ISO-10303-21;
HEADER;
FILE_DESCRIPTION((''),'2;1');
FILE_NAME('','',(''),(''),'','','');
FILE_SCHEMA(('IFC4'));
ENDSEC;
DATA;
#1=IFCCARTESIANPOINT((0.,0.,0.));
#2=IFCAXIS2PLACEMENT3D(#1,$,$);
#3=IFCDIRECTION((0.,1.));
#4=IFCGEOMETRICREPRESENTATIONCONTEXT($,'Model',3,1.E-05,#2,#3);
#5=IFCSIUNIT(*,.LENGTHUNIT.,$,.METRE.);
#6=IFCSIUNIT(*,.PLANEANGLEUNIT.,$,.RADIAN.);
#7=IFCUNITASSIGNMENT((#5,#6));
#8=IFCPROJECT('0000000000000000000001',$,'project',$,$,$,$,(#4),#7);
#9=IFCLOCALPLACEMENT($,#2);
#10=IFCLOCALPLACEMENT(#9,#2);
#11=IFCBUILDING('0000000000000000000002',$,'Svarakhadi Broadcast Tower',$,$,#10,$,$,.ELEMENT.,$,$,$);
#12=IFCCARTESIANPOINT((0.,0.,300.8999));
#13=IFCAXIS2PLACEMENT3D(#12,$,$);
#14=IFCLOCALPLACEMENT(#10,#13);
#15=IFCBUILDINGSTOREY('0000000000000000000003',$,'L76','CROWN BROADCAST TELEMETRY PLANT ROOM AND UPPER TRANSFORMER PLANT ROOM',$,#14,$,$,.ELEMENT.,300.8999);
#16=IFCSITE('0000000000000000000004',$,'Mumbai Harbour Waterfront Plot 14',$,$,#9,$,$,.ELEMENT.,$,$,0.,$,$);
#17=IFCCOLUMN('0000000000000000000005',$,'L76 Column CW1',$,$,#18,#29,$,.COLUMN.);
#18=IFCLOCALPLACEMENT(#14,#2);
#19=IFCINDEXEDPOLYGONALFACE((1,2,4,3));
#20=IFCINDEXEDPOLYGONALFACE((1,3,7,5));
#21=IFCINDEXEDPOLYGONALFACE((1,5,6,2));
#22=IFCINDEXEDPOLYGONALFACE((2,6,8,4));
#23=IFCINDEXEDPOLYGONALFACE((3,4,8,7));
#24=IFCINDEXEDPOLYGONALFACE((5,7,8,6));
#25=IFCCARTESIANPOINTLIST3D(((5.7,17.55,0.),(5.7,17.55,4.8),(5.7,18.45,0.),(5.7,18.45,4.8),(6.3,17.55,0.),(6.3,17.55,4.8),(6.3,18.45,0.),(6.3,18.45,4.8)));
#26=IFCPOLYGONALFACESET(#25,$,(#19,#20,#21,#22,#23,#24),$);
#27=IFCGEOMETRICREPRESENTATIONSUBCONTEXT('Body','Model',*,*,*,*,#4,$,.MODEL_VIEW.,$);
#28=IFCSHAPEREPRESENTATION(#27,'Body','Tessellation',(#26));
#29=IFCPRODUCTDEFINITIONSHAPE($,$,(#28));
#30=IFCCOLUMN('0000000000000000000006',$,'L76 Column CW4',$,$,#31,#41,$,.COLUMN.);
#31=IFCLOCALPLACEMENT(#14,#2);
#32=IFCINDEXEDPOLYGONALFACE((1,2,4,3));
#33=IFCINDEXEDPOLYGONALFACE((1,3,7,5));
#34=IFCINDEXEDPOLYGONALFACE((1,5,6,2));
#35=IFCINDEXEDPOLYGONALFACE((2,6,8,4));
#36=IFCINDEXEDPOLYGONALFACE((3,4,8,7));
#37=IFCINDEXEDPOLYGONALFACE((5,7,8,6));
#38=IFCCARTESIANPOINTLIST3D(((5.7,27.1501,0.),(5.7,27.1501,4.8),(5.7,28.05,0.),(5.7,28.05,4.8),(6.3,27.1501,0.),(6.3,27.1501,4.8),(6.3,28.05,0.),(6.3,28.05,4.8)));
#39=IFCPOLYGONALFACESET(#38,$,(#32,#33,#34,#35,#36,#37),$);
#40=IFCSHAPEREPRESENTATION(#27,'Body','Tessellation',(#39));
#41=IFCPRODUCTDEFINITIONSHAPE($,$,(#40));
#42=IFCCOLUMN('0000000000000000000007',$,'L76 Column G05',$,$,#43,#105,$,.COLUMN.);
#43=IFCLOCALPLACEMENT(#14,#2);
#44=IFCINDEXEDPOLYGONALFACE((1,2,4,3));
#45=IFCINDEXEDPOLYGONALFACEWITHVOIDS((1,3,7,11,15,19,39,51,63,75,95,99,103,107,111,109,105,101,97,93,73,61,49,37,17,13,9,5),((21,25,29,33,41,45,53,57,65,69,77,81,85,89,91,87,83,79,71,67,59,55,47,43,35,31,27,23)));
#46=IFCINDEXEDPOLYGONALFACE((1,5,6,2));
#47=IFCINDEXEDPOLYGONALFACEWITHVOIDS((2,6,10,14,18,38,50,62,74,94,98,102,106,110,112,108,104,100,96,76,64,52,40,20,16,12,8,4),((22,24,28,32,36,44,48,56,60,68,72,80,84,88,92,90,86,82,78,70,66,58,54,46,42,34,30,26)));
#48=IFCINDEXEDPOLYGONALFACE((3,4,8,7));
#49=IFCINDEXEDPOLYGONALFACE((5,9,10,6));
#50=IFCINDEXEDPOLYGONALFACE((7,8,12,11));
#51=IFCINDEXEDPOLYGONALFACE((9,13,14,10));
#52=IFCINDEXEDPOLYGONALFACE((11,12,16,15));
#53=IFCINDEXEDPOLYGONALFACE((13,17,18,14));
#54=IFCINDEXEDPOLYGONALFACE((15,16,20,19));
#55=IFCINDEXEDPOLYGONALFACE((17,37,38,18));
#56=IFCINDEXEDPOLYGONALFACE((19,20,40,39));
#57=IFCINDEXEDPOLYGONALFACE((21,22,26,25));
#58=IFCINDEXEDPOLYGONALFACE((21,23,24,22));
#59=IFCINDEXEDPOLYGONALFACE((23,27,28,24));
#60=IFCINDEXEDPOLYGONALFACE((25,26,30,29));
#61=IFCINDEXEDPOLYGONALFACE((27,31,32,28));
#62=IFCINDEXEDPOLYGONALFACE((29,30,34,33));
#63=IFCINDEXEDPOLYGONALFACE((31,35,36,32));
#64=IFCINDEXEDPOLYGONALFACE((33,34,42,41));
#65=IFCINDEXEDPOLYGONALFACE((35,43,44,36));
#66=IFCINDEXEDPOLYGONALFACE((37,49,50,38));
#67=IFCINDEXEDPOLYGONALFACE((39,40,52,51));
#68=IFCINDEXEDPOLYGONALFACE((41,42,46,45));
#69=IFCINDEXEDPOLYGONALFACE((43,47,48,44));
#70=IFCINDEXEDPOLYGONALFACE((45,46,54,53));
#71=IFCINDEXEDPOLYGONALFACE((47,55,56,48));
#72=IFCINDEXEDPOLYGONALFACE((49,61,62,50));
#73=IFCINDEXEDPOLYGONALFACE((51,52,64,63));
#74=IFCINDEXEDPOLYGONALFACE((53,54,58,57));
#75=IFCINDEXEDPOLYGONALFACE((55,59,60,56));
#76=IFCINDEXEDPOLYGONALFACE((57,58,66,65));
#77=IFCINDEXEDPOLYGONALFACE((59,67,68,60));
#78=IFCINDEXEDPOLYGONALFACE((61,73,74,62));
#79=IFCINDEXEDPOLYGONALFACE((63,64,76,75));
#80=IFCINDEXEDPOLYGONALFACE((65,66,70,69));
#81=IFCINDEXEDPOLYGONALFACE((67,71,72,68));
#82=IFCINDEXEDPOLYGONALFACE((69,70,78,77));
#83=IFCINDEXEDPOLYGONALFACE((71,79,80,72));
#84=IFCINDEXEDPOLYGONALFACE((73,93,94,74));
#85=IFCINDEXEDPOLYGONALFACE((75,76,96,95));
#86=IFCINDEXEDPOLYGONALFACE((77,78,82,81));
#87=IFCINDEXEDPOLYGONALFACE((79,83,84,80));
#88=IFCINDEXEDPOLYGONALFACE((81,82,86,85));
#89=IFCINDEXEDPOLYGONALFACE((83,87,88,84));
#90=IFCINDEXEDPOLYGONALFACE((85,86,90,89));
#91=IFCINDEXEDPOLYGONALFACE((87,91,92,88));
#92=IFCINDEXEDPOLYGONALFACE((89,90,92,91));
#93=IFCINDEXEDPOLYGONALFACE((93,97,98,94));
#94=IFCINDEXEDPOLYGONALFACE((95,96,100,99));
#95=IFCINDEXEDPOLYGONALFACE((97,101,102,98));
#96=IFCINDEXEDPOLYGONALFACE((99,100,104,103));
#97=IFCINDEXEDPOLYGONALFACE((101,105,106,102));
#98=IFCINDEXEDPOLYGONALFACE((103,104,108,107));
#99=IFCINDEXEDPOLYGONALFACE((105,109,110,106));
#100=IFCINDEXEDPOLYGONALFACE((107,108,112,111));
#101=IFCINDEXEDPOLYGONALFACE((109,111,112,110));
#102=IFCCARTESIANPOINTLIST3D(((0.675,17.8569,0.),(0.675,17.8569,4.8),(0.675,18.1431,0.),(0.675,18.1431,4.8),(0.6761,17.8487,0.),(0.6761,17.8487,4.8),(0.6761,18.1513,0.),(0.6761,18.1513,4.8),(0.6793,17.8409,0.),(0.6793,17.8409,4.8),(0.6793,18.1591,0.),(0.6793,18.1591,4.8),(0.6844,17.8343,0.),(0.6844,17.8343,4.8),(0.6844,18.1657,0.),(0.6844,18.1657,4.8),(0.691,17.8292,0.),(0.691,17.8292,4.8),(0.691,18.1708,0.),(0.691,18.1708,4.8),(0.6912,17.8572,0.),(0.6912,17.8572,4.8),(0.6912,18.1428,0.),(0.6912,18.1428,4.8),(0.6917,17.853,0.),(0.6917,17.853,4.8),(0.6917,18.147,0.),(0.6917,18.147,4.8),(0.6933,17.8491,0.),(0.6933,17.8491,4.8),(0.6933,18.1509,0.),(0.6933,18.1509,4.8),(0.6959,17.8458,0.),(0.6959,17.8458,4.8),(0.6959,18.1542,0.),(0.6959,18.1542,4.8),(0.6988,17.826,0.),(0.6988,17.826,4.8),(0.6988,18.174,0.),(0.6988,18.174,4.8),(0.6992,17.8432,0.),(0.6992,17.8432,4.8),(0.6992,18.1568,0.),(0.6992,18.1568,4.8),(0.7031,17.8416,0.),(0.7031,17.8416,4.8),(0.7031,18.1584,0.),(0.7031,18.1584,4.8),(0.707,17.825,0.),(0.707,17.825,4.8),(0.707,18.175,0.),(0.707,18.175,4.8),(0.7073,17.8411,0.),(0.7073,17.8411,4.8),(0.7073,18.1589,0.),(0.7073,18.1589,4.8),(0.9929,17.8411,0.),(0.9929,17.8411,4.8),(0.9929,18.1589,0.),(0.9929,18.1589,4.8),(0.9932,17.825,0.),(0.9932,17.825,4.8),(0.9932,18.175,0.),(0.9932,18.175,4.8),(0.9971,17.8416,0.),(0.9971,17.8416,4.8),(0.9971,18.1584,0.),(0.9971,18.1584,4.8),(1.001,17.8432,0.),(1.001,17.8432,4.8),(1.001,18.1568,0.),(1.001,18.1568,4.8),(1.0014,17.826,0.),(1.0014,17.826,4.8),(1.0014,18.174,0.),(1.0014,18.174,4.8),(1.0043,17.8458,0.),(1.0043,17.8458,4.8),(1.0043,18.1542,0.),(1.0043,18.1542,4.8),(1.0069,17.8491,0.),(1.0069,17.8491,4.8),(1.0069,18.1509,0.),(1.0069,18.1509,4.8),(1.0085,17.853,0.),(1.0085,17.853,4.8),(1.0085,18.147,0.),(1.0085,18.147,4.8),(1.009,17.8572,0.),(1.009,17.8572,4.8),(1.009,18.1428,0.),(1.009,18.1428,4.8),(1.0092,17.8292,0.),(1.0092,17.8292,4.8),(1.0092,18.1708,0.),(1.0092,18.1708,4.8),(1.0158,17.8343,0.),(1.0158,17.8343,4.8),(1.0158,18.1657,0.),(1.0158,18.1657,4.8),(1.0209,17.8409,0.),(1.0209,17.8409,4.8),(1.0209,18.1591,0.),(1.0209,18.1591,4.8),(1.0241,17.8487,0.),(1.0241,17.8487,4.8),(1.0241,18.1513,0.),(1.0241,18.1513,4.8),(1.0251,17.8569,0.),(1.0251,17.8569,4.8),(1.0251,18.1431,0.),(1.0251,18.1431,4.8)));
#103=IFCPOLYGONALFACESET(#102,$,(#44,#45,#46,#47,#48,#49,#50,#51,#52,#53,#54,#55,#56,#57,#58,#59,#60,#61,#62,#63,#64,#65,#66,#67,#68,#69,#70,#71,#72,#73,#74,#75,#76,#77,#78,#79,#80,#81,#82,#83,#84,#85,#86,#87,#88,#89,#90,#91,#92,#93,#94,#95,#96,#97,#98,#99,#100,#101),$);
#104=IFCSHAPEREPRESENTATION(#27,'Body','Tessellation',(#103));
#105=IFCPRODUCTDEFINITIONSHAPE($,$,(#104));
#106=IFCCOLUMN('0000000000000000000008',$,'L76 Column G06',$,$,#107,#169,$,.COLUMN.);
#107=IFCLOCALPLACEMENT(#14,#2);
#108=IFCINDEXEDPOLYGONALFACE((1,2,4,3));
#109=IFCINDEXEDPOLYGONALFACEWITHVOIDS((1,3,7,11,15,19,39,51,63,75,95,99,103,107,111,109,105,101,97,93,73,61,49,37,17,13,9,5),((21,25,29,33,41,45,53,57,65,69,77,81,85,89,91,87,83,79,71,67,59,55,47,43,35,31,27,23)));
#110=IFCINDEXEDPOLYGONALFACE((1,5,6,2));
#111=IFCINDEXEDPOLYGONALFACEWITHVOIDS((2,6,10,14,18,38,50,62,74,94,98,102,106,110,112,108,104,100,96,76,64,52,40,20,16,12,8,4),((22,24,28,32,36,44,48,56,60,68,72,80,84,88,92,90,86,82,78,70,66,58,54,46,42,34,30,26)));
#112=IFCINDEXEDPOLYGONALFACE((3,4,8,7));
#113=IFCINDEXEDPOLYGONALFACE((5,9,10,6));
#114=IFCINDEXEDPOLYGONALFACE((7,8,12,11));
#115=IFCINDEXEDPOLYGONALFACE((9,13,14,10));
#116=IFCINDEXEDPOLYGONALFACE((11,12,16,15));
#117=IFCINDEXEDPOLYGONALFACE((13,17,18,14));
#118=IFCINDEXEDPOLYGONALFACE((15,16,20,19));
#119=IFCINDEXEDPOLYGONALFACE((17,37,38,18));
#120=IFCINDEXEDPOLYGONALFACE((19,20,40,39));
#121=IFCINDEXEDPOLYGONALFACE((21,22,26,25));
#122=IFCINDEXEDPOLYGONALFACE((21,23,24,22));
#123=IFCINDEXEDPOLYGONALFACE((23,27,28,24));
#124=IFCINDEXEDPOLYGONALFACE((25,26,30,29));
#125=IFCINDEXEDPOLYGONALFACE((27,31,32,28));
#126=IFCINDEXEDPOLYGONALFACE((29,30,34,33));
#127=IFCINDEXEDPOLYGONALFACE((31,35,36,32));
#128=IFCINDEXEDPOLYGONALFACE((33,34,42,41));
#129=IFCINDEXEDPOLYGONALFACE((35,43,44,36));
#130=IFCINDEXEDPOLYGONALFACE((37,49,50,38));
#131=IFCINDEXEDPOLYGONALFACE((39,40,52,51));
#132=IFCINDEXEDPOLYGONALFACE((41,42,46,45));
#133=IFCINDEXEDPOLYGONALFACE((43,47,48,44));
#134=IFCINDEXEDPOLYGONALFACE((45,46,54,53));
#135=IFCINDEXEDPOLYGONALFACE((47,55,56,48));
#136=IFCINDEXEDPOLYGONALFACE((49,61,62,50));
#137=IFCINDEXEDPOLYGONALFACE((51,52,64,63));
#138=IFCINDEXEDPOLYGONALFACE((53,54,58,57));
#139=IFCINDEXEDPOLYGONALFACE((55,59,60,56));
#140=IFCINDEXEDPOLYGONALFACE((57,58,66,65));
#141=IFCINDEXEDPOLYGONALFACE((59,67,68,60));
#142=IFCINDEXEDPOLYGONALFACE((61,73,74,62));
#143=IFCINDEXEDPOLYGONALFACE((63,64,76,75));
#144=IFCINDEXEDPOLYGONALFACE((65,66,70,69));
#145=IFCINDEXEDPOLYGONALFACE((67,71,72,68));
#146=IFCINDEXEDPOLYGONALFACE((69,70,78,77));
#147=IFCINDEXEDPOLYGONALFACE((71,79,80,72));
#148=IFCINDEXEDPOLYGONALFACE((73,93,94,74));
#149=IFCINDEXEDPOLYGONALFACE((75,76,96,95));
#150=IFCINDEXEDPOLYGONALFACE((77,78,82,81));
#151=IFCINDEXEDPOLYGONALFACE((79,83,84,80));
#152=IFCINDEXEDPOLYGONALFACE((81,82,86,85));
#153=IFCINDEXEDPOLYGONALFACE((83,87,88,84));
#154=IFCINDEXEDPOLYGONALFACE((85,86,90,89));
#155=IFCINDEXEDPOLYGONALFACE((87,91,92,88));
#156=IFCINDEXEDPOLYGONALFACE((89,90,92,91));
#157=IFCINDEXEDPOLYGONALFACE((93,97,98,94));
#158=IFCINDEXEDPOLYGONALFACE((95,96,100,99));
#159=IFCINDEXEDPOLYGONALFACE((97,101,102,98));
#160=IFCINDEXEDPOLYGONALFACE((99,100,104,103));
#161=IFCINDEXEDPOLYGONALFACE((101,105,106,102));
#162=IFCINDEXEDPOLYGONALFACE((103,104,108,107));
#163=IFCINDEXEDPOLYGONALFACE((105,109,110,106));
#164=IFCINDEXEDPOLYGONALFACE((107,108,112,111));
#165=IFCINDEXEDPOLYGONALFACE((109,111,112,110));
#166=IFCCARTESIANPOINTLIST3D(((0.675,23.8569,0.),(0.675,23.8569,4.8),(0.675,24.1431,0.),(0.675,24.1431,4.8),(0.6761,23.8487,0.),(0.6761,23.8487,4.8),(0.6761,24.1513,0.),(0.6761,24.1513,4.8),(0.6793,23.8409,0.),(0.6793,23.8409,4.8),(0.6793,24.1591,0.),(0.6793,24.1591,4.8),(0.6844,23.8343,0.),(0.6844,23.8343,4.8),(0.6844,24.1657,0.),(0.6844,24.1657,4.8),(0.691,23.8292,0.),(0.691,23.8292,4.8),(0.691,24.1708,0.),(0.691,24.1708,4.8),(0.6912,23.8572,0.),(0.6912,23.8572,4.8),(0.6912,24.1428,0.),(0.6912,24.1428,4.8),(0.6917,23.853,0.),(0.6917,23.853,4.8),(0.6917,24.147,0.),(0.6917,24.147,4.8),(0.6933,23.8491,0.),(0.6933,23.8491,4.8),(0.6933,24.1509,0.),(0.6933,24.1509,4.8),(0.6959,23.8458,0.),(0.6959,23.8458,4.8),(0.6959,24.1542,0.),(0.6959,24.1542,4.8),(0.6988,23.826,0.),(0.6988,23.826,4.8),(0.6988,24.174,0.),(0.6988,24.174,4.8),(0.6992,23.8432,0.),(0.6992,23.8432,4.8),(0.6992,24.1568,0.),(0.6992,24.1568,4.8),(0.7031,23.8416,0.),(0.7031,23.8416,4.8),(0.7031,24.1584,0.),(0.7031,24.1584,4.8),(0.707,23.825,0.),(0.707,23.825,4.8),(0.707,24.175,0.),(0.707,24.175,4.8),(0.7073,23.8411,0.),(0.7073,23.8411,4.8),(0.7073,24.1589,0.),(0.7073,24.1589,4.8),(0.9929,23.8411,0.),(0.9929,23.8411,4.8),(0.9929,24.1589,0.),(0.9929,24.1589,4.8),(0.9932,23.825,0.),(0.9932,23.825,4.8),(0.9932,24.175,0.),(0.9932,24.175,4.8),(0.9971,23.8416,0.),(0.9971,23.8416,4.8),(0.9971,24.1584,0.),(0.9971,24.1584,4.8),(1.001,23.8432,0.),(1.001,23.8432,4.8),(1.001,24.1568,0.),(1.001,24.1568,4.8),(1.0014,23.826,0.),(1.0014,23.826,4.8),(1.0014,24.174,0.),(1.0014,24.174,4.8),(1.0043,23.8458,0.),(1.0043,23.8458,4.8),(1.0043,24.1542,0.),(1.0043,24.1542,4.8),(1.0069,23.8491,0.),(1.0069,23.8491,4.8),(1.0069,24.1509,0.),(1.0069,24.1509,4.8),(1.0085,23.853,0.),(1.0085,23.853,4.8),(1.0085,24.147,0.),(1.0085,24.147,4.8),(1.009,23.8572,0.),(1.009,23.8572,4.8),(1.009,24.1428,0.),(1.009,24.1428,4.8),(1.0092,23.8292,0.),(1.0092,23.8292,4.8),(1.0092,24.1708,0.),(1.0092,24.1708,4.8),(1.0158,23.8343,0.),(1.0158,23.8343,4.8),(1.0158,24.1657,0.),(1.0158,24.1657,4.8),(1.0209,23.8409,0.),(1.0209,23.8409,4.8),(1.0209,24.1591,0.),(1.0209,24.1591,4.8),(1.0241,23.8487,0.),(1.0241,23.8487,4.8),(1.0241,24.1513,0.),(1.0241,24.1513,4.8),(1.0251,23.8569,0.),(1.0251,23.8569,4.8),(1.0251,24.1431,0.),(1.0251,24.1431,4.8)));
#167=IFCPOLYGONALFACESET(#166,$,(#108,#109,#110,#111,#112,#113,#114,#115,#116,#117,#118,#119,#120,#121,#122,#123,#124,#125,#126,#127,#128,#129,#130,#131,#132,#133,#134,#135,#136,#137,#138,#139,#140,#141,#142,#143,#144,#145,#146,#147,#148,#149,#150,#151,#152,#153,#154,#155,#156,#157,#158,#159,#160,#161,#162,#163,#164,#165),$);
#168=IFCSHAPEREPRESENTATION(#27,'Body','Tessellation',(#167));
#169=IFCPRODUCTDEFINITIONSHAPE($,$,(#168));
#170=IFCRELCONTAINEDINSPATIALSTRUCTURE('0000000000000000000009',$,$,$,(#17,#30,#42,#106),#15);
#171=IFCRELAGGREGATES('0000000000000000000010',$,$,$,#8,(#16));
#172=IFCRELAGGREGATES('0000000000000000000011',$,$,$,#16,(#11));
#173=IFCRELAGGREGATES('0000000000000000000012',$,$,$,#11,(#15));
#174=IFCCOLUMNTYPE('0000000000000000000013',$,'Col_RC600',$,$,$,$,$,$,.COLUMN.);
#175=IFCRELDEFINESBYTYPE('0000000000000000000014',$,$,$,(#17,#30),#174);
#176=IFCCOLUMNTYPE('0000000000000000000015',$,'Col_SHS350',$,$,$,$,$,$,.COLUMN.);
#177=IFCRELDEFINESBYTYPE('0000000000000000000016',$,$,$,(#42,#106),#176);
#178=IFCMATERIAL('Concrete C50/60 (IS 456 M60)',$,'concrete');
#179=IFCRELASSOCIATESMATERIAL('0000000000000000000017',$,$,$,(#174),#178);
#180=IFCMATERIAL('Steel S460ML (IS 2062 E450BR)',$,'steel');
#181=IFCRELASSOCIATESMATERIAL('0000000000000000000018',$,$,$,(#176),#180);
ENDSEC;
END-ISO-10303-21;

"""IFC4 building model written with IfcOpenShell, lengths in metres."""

from ifc_helpers import new_model, si_unit, direction, frame, origin, origin_2d, place, context, subcontext, project, spatial, rectangle, hollow_rectangle, extrude, material, material_profile, profile_set, type_object, element, save


model = new_model("IFC4")

# Units and contexts
model_context = context("Model", 3, precision=1e-05, world=origin(), true_north=direction((0.0, 1.0)))
body_context = subcontext(model_context, "Body", "Model", "MODEL_VIEW")
ifc_project = project(units=[si_unit("LENGTHUNIT", "METRE"), si_unit("PLANEANGLEUNIT", "RADIAN")], contexts=[model_context])

# Site, building, storey
site_placement = place(None, origin())
site = spatial("IfcSite", under=ifc_project, at=site_placement, Name="Mumbai Harbour Waterfront Plot 14", CompositionType="ELEMENT", RefElevation=0.0)
building_placement = place(site_placement, origin())
building = spatial("IfcBuilding", under=site, at=building_placement, Name="Svarakhadi Broadcast Tower", CompositionType="ELEMENT")
storey_placement = place(building_placement, frame((0.0, 0.0, 300.8999)))
storey = spatial("IfcBuildingStorey", under=building, at=storey_placement, Name="L76", Description="CROWN BROADCAST TELEMETRY PLANT ROOM AND UPPER TRANSFORMER PLANT ROOM", CompositionType="ELEMENT", Elevation=300.8999)

# Columns
ifc_material_1 = material(Name="Concrete C50/60 (IS 456 M60)", Category="concrete")
ifc_material_profile_1 = material_profile(ifc_material_1, rectangle(XDim=0.6001, YDim=0.8999, at=origin_2d()), Name="RC 600x900")
ifc_profile_set_1 = profile_set([ifc_material_profile_1], Name="Concrete C50/60 (IS 456 M60)")
column_type_1 = type_object("IfcColumnType", Name="Col_RC600", PredefinedType="COLUMN", material=ifc_profile_set_1)
for number, where, z_axis, x_axis, name in (
    (1, (6.0, 18.0, 0.0), (0.0, 0.0, 1.0), (1.0, 0.0, 0.0), "L76 Column CW1"),
    (2, (6.0, 27.6001, 0.0), (0.0, 0.0, 1.0), (1.0, 0.0, 0.0), "L76 Column CW4"),
):
    element("IfcColumn", number, at=place(storey_placement, frame(where, z_axis=z_axis, x_axis=x_axis)), inside=storey, type_object=column_type_1, Name=name, PredefinedType="COLUMN", context=body_context, shape_type="SweptSolid", body=[
        extrude(rectangle(XDim=0.6001, YDim=0.8999, at=origin_2d()), origin(), (0.0, 0.0, 1.0), 4.8),
    ])
ifc_material_2 = material(Name="Steel S460ML (IS 2062 E450BR)", Category="steel")
ifc_material_profile_2 = material_profile(ifc_material_2, hollow_rectangle(XDim=0.3501, YDim=0.3501, WallThickness=0.0161, InnerFilletRadius=0.0161, OuterFilletRadius=0.032, at=origin_2d()), Name="SHS 350x350x16")
ifc_profile_set_2 = profile_set([ifc_material_profile_2], Name="Steel S460ML (IS 2062 E450BR)")
column_type_2 = type_object("IfcColumnType", Name="Col_SHS350", PredefinedType="COLUMN", material=ifc_profile_set_2)
for number, where, z_axis, x_axis, name in (
    (3, (0.8501, 18.0, 0.0), (0.0, 0.0, 1.0), (1.0, 0.0, 0.0), "L76 Column G05"),
    (4, (0.8501, 24.0, 0.0), (0.0, 0.0, 1.0), (1.0, 0.0, 0.0), "L76 Column G06"),
):
    element("IfcColumn", number, at=place(storey_placement, frame(where, z_axis=z_axis, x_axis=x_axis)), inside=storey, type_object=column_type_2, Name=name, PredefinedType="COLUMN", context=body_context, shape_type="SweptSolid", body=[
        extrude(hollow_rectangle(XDim=0.3501, YDim=0.3501, WallThickness=0.0161, InnerFilletRadius=0.0161, OuterFilletRadius=0.032, at=origin_2d()), origin(), (0.0, 0.0, 1.0), 4.8),
    ])

save(model, "model.ifc")
